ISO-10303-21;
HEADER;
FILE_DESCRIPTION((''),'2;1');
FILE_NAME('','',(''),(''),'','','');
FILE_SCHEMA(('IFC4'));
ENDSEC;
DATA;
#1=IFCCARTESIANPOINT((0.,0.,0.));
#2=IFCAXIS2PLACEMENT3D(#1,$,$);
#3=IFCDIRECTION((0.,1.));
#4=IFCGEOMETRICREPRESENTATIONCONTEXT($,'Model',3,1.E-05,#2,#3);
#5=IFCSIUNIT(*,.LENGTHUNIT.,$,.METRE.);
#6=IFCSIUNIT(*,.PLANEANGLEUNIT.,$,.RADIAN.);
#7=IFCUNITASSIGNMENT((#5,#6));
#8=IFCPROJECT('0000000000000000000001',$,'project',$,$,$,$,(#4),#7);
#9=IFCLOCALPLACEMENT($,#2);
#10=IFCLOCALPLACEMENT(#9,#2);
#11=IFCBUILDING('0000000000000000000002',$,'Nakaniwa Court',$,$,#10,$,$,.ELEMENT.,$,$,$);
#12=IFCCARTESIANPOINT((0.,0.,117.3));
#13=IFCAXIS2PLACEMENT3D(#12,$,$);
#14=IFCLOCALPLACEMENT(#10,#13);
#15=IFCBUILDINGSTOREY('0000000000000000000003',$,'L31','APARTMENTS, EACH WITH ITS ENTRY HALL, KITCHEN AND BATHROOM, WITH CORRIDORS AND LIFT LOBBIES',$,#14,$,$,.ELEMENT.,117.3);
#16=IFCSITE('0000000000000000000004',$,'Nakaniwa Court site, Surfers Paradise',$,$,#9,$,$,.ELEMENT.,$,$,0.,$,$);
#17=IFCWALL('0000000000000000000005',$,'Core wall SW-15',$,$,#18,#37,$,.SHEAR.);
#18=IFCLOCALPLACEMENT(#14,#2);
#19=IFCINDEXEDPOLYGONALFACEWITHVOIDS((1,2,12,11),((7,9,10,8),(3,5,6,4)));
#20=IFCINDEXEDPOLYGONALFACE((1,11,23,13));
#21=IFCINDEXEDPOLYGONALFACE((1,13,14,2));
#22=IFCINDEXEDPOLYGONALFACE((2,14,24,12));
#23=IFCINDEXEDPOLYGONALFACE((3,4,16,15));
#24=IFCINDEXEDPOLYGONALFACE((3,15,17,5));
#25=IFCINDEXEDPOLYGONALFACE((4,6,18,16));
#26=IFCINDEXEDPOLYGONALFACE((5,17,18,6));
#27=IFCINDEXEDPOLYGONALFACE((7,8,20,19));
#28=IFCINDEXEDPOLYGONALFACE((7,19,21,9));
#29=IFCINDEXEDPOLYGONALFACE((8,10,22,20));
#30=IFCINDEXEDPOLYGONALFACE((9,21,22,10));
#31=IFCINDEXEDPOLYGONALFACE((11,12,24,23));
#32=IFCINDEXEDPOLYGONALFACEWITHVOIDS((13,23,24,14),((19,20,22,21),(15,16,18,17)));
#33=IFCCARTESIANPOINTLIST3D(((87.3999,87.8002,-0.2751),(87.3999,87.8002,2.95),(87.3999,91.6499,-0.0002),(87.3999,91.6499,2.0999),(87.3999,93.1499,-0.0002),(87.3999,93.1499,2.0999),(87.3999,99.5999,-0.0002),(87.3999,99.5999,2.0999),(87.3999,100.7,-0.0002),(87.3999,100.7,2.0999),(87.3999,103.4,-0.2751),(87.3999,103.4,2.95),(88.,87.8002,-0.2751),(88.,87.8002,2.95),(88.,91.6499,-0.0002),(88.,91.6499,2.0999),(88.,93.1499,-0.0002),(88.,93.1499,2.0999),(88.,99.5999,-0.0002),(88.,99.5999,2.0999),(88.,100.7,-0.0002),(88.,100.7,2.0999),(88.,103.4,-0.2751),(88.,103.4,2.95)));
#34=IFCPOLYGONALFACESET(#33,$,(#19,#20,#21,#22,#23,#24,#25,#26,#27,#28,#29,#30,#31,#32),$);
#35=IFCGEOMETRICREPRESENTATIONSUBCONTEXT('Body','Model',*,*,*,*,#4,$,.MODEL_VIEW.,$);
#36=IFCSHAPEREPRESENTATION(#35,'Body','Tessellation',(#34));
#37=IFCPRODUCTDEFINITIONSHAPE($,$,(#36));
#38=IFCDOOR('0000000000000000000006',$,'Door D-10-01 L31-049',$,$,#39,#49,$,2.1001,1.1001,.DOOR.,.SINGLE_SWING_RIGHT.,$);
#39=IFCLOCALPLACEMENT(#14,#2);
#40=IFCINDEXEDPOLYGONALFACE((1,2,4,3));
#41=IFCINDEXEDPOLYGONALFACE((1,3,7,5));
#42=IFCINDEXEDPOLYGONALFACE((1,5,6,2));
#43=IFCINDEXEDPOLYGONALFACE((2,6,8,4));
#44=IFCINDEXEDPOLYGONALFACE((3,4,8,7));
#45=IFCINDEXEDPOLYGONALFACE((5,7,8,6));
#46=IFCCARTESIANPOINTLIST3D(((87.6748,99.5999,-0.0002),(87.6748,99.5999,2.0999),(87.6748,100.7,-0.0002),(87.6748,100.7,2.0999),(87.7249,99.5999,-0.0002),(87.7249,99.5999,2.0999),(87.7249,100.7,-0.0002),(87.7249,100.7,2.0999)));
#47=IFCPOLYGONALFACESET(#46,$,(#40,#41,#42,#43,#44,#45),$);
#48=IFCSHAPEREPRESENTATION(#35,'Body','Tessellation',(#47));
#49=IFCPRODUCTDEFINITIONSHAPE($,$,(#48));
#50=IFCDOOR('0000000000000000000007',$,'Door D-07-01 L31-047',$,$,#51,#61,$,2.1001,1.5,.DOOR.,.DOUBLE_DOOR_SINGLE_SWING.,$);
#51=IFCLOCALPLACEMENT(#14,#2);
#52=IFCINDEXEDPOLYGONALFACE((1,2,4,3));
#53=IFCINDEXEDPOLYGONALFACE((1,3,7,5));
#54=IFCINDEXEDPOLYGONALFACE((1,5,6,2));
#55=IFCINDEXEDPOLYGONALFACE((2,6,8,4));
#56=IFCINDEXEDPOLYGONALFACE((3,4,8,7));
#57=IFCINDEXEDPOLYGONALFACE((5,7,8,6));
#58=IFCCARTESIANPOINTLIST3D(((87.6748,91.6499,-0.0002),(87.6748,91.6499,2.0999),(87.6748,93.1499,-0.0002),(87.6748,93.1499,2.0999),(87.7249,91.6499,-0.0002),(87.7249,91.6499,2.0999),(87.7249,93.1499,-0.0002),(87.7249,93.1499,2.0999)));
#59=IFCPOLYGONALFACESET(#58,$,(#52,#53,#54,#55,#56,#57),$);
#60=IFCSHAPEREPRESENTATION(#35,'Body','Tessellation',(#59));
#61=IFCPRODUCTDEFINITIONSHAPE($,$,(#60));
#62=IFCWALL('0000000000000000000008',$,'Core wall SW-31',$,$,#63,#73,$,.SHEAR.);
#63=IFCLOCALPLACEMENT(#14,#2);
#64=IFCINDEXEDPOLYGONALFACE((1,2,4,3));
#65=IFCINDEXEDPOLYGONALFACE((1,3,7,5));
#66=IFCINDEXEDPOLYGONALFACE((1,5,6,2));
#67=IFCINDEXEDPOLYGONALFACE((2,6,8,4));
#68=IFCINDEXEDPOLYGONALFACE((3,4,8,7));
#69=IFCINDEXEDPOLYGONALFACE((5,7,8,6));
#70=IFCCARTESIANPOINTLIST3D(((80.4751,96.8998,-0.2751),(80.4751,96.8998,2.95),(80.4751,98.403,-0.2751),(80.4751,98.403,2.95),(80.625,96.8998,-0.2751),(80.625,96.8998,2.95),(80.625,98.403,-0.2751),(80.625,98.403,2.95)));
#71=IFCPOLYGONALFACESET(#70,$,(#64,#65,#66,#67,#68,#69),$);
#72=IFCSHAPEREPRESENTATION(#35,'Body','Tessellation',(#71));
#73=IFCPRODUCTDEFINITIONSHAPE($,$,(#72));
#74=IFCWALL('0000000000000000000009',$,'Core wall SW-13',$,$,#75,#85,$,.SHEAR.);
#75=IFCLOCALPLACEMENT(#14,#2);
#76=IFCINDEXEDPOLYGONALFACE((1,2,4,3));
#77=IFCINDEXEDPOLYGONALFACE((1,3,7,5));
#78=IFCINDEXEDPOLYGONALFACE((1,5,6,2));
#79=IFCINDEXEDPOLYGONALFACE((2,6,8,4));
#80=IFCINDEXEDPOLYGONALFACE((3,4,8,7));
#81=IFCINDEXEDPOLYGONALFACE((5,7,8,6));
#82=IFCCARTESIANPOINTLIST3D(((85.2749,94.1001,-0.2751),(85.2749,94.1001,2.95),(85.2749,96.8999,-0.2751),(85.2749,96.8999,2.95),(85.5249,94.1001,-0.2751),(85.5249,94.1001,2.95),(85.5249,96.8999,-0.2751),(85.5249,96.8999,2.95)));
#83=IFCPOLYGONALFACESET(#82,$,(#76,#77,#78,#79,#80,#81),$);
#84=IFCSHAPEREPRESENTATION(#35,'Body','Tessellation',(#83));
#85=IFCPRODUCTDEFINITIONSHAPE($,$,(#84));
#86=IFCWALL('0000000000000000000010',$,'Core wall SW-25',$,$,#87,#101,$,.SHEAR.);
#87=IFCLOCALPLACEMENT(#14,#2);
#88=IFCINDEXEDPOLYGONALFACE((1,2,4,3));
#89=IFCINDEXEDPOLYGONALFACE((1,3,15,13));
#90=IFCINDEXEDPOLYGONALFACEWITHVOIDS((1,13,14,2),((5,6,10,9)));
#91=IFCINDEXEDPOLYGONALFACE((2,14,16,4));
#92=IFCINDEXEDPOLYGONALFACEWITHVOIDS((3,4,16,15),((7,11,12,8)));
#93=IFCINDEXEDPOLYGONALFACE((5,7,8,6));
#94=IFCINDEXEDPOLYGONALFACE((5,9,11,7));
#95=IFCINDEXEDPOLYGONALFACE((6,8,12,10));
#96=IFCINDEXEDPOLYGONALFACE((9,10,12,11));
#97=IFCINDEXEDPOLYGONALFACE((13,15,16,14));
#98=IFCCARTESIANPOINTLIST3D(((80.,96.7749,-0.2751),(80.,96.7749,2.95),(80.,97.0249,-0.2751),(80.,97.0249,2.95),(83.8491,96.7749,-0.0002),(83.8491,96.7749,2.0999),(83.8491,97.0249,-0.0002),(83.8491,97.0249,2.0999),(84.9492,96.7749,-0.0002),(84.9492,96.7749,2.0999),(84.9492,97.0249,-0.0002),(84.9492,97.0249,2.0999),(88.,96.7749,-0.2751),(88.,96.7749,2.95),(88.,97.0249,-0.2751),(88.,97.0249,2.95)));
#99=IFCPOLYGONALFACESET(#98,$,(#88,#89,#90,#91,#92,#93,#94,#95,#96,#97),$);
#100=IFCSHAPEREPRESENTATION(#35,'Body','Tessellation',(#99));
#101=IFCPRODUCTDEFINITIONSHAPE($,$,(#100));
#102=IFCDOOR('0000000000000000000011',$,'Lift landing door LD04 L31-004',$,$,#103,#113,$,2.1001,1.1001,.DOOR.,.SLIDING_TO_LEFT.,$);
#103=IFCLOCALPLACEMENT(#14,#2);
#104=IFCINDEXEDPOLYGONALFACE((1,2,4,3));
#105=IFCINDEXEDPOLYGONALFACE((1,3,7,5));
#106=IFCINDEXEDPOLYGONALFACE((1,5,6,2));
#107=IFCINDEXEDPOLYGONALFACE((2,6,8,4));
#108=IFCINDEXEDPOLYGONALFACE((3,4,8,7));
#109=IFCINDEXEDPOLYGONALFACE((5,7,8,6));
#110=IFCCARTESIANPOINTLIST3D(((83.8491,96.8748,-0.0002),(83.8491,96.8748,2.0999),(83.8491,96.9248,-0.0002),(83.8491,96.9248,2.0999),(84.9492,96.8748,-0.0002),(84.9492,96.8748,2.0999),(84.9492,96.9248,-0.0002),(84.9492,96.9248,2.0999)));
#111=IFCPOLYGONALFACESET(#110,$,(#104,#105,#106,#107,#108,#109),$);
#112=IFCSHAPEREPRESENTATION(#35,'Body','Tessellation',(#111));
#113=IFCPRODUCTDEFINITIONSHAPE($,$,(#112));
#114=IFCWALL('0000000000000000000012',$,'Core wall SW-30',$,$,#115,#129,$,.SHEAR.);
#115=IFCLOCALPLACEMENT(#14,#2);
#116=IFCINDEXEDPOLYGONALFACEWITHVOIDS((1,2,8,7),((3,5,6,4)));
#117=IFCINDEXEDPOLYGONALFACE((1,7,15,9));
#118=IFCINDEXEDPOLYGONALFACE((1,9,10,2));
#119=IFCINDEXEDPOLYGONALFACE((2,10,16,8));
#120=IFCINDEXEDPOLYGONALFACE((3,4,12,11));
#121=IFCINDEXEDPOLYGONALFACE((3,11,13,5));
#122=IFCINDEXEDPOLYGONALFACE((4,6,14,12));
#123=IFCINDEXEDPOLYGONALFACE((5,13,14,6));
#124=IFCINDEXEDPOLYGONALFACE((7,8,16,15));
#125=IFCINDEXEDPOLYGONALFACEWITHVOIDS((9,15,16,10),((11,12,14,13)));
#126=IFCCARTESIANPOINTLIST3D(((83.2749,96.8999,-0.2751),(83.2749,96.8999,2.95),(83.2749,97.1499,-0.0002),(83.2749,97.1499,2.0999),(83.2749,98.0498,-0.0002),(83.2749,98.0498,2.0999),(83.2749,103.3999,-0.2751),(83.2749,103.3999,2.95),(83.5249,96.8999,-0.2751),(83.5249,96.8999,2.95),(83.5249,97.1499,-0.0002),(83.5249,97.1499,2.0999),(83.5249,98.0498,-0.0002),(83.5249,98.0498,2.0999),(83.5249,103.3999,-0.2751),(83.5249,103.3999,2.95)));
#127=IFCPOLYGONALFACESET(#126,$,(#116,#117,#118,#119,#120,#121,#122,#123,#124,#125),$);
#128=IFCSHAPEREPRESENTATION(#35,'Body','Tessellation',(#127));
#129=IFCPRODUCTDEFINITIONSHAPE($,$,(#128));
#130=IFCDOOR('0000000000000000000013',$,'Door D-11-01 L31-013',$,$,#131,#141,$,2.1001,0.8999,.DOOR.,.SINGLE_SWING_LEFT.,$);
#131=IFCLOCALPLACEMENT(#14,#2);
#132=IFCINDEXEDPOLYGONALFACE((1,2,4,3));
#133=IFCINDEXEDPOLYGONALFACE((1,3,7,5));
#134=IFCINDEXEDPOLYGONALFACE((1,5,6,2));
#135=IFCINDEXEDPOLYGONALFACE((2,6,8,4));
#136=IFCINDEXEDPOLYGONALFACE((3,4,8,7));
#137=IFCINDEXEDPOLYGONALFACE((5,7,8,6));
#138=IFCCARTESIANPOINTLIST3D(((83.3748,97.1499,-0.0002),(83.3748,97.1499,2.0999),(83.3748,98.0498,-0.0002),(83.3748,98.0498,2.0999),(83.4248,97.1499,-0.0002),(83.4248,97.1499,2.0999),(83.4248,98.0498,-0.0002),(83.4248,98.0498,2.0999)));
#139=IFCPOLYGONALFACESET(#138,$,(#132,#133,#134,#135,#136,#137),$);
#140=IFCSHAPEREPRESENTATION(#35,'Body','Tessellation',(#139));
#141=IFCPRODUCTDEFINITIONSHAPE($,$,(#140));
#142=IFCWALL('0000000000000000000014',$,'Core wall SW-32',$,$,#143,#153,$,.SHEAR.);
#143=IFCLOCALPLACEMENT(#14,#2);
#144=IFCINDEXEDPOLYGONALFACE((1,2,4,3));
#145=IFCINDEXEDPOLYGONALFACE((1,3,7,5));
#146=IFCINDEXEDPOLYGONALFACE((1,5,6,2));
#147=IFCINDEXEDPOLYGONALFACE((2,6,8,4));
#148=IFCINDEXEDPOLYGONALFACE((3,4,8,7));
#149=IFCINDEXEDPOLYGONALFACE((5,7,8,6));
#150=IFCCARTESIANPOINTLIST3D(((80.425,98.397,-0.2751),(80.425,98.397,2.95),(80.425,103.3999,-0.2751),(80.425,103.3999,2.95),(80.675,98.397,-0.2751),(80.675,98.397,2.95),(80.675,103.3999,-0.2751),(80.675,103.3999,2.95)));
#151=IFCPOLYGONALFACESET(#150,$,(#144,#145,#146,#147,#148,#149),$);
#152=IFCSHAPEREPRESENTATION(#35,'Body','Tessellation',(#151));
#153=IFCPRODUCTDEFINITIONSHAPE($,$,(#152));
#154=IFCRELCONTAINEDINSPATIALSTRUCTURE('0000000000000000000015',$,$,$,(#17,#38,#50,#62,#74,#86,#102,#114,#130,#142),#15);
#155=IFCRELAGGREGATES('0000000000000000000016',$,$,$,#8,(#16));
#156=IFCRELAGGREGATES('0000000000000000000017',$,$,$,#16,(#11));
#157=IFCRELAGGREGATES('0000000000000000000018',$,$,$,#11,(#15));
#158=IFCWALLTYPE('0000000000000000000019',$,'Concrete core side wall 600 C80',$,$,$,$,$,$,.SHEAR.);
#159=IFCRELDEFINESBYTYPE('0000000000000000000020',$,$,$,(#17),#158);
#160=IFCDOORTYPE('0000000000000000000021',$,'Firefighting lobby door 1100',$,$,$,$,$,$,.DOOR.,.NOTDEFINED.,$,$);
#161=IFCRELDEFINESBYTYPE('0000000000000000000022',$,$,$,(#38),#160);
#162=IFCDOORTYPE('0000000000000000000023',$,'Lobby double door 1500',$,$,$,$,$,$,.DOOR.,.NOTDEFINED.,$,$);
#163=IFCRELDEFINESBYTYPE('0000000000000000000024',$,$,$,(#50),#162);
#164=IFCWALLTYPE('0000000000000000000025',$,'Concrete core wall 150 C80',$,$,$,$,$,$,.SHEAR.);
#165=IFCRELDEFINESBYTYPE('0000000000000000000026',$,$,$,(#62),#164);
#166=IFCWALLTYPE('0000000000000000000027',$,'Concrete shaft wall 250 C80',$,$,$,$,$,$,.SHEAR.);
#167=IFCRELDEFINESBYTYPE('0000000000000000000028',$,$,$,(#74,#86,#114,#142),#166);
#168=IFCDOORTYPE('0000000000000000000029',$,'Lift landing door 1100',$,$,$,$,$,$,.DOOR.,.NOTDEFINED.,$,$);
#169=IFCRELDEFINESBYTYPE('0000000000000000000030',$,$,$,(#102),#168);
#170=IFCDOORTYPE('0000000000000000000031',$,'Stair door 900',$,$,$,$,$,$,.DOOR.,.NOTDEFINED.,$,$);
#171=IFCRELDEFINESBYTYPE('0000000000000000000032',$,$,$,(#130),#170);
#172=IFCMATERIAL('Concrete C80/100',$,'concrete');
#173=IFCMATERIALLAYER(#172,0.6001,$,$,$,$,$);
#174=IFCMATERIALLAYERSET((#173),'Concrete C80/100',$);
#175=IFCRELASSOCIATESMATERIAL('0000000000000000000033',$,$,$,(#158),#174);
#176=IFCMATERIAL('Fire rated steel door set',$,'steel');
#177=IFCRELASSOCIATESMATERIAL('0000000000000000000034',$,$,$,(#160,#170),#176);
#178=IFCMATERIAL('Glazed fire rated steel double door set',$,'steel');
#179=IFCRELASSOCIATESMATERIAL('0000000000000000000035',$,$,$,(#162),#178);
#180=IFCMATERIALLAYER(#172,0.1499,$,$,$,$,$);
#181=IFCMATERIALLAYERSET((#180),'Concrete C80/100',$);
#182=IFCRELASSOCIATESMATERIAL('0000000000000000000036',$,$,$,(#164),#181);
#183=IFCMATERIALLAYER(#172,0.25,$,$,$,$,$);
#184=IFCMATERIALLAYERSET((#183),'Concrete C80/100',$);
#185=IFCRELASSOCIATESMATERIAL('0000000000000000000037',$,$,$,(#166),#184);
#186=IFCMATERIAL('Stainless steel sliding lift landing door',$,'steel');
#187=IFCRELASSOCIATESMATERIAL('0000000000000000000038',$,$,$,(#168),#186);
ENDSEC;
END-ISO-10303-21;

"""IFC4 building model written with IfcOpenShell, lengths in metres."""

from ifc_helpers import new_model, si_unit, direction, frame, frame_2d, origin, place, context, subcontext, project, spatial, rectangle, extrude, material, layer, layer_set, type_object, element, fill, save


model = new_model("IFC4")

# Units and contexts
model_context = context("Model", 3, precision=1e-05, world=origin(), true_north=direction((0.0, 1.0)))
body_context = subcontext(model_context, "Body", "Model", "MODEL_VIEW")
ifc_project = project(units=[si_unit("LENGTHUNIT", "METRE"), si_unit("PLANEANGLEUNIT", "RADIAN")], contexts=[model_context])

# Site, building, storey
site_placement = place(None, origin())
site = spatial("IfcSite", under=ifc_project, at=site_placement, Name="Nakaniwa Court site, Surfers Paradise", CompositionType="ELEMENT", RefElevation=0.0)
building_placement = place(site_placement, origin())
building = spatial("IfcBuilding", under=site, at=building_placement, Name="Nakaniwa Court", CompositionType="ELEMENT")
storey_placement = place(building_placement, frame((0.0, 0.0, 117.3)))
storey = spatial("IfcBuildingStorey", under=building, at=storey_placement, Name="L31", Description="APARTMENTS, EACH WITH ITS ENTRY HALL, KITCHEN AND BATHROOM, WITH CORRIDORS AND LIFT LOBBIES", CompositionType="ELEMENT", Elevation=117.3)

# Shared definitions
ifc_material_1 = material(Name="Concrete C80/100", Category="concrete")

# Shared definitions
ifc_material_2 = material(Name="Fire rated steel door set", Category="steel")

# Wall, openings, doors
ifc_layer_1 = layer(ifc_material_1, 0.6001)
ifc_layer_set_1 = layer_set([ifc_layer_1], Name="Concrete C80/100")
wall_type_1 = type_object("IfcWallType", Name="Concrete core side wall 600 C80", PredefinedType="SHEAR", material=ifc_layer_set_1)
wall_1_placement = place(storey_placement, frame((87.7, 103.3999, -0.2751), z_axis=(0.0, 0.0, 1.0), x_axis=(0.0, -1.0, 0.0)))
wall_1 = element("IfcWall", 1, at=wall_1_placement, inside=storey, type_object=wall_type_1, Name="Core wall SW-15", PredefinedType="SHEAR", context=body_context, shape_type="SweptSolid", body=[
    extrude(rectangle(XDim=15.5999, YDim=0.6001, at=frame_2d((7.7998, 0.0))), origin(), (0.0, 0.0, 1.0), 3.2251),
])
opening_1_placement = place(wall_1_placement, frame((10.25, 0.0, 0.2749)))
opening_1 = element("IfcOpeningElement", 2, at=opening_1_placement, cuts=wall_1, PredefinedType="OPENING", context=body_context, shape_type="SweptSolid", body=[
    extrude(rectangle(XDim=1.5, YDim=2.1001, at=frame_2d((0.75, 1.05))), frame((0.0, 0.3101, 0.0), z_axis=(0.0, -1.0, 0.0), x_axis=(1.0, 0.0, 0.0)), (0.0, 0.0, 1.0), 0.6201),
])
opening_2_placement = place(wall_1_placement, frame((2.7, 0.0, 0.2749)))
opening_2 = element("IfcOpeningElement", 3, at=opening_2_placement, cuts=wall_1, PredefinedType="OPENING", context=body_context, shape_type="SweptSolid", body=[
    extrude(rectangle(XDim=1.1001, YDim=2.1001, at=frame_2d((0.55, 1.05))), frame((0.0, 0.3101, 0.0), z_axis=(0.0, -1.0, 0.0), x_axis=(1.0, 0.0, 0.0)), (0.0, 0.0, 1.0), 0.6201),
])
door_type_1 = type_object("IfcDoorType", Name="Firefighting lobby door 1100", OperationType="NOTDEFINED", PredefinedType="DOOR", material=ifc_material_2)
door_1_placement = place(opening_2_placement, origin())
door_1 = element("IfcDoor", 4, at=door_1_placement, inside=storey, type_object=door_type_1, Name="Door D-10-01 L31-049", OperationType="SINGLE_SWING_RIGHT", OverallHeight=2.1001, OverallWidth=1.1001, PredefinedType="DOOR", context=body_context, shape_type="SweptSolid", body=[
    extrude(rectangle(XDim=1.1001, YDim=2.1001, at=frame_2d((0.55, 1.05))), frame((0.0, 0.0249, 0.0), z_axis=(0.0, -1.0, 0.0), x_axis=(1.0, 0.0, 0.0)), (0.0, 0.0, 1.0), 0.05),
])
fill(opening_2, door_1)
ifc_material_3 = material(Name="Glazed fire rated steel double door set", Category="steel")
door_type_2 = type_object("IfcDoorType", Name="Lobby double door 1500", OperationType="NOTDEFINED", PredefinedType="DOOR", material=ifc_material_3)
door_2_placement = place(opening_1_placement, origin())
door_2 = element("IfcDoor", 5, at=door_2_placement, inside=storey, type_object=door_type_2, Name="Door D-07-01 L31-047", OperationType="DOUBLE_DOOR_SINGLE_SWING", OverallHeight=2.1001, OverallWidth=1.5, PredefinedType="DOOR", context=body_context, shape_type="SweptSolid", body=[
    extrude(rectangle(XDim=1.5, YDim=2.1001, at=frame_2d((0.75, 1.05))), frame((0.0, 0.0249, 0.0), z_axis=(0.0, -1.0, 0.0), x_axis=(1.0, 0.0, 0.0)), (0.0, 0.0, 1.0), 0.05),
])
fill(opening_1, door_2)

# Walls
ifc_layer_2 = layer(ifc_material_1, 0.1499)
ifc_layer_set_2 = layer_set([ifc_layer_2], Name="Concrete C80/100")
wall_type_2 = type_object("IfcWallType", Name="Concrete core wall 150 C80", PredefinedType="SHEAR", material=ifc_layer_set_2)
wall_2_placement = place(storey_placement, frame((80.55, 96.8999, -0.2751), z_axis=(0.0, 0.0, 1.0), x_axis=(0.0, 1.0, 0.0)))
element("IfcWall", 6, at=wall_2_placement, inside=storey, type_object=wall_type_2, Name="Core wall SW-31", PredefinedType="SHEAR", context=body_context, shape_type="SweptSolid", body=[
    extrude(rectangle(XDim=1.5032, YDim=0.1499, at=frame_2d((0.7515, 0.0))), origin(), (0.0, 0.0, 1.0), 3.2251),
])
ifc_layer_3 = layer(ifc_material_1, 0.25)
ifc_layer_set_3 = layer_set([ifc_layer_3], Name="Concrete C80/100")
wall_type_3 = type_object("IfcWallType", Name="Concrete shaft wall 250 C80", PredefinedType="SHEAR", material=ifc_layer_set_3)
wall_3_placement = place(storey_placement, frame((85.3999, 94.1001, -0.2751), z_axis=(0.0, 0.0, 1.0), x_axis=(0.0, 1.0, 0.0)))
element("IfcWall", 7, at=wall_3_placement, inside=storey, type_object=wall_type_3, Name="Core wall SW-13", PredefinedType="SHEAR", context=body_context, shape_type="SweptSolid", body=[
    extrude(rectangle(XDim=2.7998, YDim=0.25, at=frame_2d((1.3999, 0.0))), origin(), (0.0, 0.0, 1.0), 3.2251),
])

# Walls, openings, doors
wall_4_placement = place(storey_placement, frame((80.0, 96.8999, -0.2751), z_axis=(0.0, 0.0, 1.0), x_axis=(1.0, 0.0, 0.0)))
wall_4 = element("IfcWall", 8, at=wall_4_placement, inside=storey, type_object=wall_type_3, Name="Core wall SW-25", PredefinedType="SHEAR", context=body_context, shape_type="SweptSolid", body=[
    extrude(rectangle(XDim=8.0, YDim=0.25, at=frame_2d((4.0, 0.0))), origin(), (0.0, 0.0, 1.0), 3.2251),
])
opening_3_placement = place(wall_4_placement, frame((3.8491, 0.0, 0.2749)))
opening_3 = element("IfcOpeningElement", 9, at=opening_3_placement, cuts=wall_4, PredefinedType="OPENING", context=body_context, shape_type="SweptSolid", body=[
    extrude(rectangle(XDim=1.1001, YDim=2.1001, at=frame_2d((0.55, 1.05))), frame((0.0, 0.135, 0.0), z_axis=(0.0, -1.0, 0.0), x_axis=(1.0, 0.0, 0.0)), (0.0, 0.0, 1.0), 0.27),
])
ifc_material_4 = material(Name="Stainless steel sliding lift landing door", Category="steel")
door_type_3 = type_object("IfcDoorType", Name="Lift landing door 1100", OperationType="NOTDEFINED", PredefinedType="DOOR", material=ifc_material_4)
door_3_placement = place(opening_3_placement, origin())
door_3 = element("IfcDoor", 10, at=door_3_placement, inside=storey, type_object=door_type_3, Name="Lift landing door LD04 L31-004", OperationType="SLIDING_TO_LEFT", OverallHeight=2.1001, OverallWidth=1.1001, PredefinedType="DOOR", context=body_context, shape_type="SweptSolid", body=[
    extrude(rectangle(XDim=1.1001, YDim=2.1001, at=frame_2d((0.55, 1.05))), frame((0.0, 0.0249, 0.0), z_axis=(0.0, -1.0, 0.0), x_axis=(1.0, 0.0, 0.0)), (0.0, 0.0, 1.0), 0.05),
])
fill(opening_3, door_3)
wall_5_placement = place(storey_placement, frame((83.3999, 103.3999, -0.2751), z_axis=(0.0, 0.0, 1.0), x_axis=(0.0, -1.0, 0.0)))
wall_5 = element("IfcWall", 11, at=wall_5_placement, inside=storey, type_object=wall_type_3, Name="Core wall SW-30", PredefinedType="SHEAR", context=body_context, shape_type="SweptSolid", body=[
    extrude(rectangle(XDim=6.5, YDim=0.25, at=frame_2d((3.25, 0.0))), origin(), (0.0, 0.0, 1.0), 3.2251),
])
opening_4_placement = place(wall_5_placement, frame((5.3501, 0.0, 0.2749)))
opening_4 = element("IfcOpeningElement", 12, at=opening_4_placement, cuts=wall_5, PredefinedType="OPENING", context=body_context, shape_type="SweptSolid", body=[
    extrude(rectangle(XDim=0.8999, YDim=2.1001, at=frame_2d((0.45, 1.05))), frame((0.0, 0.135, 0.0), z_axis=(0.0, -1.0, 0.0), x_axis=(1.0, 0.0, 0.0)), (0.0, 0.0, 1.0), 0.27),
])
door_type_4 = type_object("IfcDoorType", Name="Stair door 900", OperationType="NOTDEFINED", PredefinedType="DOOR", material=ifc_material_2)
door_4_placement = place(opening_4_placement, origin())
door_4 = element("IfcDoor", 13, at=door_4_placement, inside=storey, type_object=door_type_4, Name="Door D-11-01 L31-013", OperationType="SINGLE_SWING_LEFT", OverallHeight=2.1001, OverallWidth=0.8999, PredefinedType="DOOR", context=body_context, shape_type="SweptSolid", body=[
    extrude(rectangle(XDim=0.8999, YDim=2.1001, at=frame_2d((0.45, 1.05))), frame((0.0, 0.0249, 0.0), z_axis=(0.0, -1.0, 0.0), x_axis=(1.0, 0.0, 0.0)), (0.0, 0.0, 1.0), 0.05),
])
fill(opening_4, door_4)

# Wall
wall_6_placement = place(storey_placement, frame((80.55, 98.397, -0.2751), z_axis=(0.0, 0.0, 1.0), x_axis=(0.0, 1.0, 0.0)))
element("IfcWall", 14, at=wall_6_placement, inside=storey, type_object=wall_type_3, Name="Core wall SW-32", PredefinedType="SHEAR", context=body_context, shape_type="SweptSolid", body=[
    extrude(rectangle(XDim=5.0029, YDim=0.25, at=frame_2d((2.5015, 0.0))), origin(), (0.0, 0.0, 1.0), 3.2251),
])

save(model, "model.ifc")
